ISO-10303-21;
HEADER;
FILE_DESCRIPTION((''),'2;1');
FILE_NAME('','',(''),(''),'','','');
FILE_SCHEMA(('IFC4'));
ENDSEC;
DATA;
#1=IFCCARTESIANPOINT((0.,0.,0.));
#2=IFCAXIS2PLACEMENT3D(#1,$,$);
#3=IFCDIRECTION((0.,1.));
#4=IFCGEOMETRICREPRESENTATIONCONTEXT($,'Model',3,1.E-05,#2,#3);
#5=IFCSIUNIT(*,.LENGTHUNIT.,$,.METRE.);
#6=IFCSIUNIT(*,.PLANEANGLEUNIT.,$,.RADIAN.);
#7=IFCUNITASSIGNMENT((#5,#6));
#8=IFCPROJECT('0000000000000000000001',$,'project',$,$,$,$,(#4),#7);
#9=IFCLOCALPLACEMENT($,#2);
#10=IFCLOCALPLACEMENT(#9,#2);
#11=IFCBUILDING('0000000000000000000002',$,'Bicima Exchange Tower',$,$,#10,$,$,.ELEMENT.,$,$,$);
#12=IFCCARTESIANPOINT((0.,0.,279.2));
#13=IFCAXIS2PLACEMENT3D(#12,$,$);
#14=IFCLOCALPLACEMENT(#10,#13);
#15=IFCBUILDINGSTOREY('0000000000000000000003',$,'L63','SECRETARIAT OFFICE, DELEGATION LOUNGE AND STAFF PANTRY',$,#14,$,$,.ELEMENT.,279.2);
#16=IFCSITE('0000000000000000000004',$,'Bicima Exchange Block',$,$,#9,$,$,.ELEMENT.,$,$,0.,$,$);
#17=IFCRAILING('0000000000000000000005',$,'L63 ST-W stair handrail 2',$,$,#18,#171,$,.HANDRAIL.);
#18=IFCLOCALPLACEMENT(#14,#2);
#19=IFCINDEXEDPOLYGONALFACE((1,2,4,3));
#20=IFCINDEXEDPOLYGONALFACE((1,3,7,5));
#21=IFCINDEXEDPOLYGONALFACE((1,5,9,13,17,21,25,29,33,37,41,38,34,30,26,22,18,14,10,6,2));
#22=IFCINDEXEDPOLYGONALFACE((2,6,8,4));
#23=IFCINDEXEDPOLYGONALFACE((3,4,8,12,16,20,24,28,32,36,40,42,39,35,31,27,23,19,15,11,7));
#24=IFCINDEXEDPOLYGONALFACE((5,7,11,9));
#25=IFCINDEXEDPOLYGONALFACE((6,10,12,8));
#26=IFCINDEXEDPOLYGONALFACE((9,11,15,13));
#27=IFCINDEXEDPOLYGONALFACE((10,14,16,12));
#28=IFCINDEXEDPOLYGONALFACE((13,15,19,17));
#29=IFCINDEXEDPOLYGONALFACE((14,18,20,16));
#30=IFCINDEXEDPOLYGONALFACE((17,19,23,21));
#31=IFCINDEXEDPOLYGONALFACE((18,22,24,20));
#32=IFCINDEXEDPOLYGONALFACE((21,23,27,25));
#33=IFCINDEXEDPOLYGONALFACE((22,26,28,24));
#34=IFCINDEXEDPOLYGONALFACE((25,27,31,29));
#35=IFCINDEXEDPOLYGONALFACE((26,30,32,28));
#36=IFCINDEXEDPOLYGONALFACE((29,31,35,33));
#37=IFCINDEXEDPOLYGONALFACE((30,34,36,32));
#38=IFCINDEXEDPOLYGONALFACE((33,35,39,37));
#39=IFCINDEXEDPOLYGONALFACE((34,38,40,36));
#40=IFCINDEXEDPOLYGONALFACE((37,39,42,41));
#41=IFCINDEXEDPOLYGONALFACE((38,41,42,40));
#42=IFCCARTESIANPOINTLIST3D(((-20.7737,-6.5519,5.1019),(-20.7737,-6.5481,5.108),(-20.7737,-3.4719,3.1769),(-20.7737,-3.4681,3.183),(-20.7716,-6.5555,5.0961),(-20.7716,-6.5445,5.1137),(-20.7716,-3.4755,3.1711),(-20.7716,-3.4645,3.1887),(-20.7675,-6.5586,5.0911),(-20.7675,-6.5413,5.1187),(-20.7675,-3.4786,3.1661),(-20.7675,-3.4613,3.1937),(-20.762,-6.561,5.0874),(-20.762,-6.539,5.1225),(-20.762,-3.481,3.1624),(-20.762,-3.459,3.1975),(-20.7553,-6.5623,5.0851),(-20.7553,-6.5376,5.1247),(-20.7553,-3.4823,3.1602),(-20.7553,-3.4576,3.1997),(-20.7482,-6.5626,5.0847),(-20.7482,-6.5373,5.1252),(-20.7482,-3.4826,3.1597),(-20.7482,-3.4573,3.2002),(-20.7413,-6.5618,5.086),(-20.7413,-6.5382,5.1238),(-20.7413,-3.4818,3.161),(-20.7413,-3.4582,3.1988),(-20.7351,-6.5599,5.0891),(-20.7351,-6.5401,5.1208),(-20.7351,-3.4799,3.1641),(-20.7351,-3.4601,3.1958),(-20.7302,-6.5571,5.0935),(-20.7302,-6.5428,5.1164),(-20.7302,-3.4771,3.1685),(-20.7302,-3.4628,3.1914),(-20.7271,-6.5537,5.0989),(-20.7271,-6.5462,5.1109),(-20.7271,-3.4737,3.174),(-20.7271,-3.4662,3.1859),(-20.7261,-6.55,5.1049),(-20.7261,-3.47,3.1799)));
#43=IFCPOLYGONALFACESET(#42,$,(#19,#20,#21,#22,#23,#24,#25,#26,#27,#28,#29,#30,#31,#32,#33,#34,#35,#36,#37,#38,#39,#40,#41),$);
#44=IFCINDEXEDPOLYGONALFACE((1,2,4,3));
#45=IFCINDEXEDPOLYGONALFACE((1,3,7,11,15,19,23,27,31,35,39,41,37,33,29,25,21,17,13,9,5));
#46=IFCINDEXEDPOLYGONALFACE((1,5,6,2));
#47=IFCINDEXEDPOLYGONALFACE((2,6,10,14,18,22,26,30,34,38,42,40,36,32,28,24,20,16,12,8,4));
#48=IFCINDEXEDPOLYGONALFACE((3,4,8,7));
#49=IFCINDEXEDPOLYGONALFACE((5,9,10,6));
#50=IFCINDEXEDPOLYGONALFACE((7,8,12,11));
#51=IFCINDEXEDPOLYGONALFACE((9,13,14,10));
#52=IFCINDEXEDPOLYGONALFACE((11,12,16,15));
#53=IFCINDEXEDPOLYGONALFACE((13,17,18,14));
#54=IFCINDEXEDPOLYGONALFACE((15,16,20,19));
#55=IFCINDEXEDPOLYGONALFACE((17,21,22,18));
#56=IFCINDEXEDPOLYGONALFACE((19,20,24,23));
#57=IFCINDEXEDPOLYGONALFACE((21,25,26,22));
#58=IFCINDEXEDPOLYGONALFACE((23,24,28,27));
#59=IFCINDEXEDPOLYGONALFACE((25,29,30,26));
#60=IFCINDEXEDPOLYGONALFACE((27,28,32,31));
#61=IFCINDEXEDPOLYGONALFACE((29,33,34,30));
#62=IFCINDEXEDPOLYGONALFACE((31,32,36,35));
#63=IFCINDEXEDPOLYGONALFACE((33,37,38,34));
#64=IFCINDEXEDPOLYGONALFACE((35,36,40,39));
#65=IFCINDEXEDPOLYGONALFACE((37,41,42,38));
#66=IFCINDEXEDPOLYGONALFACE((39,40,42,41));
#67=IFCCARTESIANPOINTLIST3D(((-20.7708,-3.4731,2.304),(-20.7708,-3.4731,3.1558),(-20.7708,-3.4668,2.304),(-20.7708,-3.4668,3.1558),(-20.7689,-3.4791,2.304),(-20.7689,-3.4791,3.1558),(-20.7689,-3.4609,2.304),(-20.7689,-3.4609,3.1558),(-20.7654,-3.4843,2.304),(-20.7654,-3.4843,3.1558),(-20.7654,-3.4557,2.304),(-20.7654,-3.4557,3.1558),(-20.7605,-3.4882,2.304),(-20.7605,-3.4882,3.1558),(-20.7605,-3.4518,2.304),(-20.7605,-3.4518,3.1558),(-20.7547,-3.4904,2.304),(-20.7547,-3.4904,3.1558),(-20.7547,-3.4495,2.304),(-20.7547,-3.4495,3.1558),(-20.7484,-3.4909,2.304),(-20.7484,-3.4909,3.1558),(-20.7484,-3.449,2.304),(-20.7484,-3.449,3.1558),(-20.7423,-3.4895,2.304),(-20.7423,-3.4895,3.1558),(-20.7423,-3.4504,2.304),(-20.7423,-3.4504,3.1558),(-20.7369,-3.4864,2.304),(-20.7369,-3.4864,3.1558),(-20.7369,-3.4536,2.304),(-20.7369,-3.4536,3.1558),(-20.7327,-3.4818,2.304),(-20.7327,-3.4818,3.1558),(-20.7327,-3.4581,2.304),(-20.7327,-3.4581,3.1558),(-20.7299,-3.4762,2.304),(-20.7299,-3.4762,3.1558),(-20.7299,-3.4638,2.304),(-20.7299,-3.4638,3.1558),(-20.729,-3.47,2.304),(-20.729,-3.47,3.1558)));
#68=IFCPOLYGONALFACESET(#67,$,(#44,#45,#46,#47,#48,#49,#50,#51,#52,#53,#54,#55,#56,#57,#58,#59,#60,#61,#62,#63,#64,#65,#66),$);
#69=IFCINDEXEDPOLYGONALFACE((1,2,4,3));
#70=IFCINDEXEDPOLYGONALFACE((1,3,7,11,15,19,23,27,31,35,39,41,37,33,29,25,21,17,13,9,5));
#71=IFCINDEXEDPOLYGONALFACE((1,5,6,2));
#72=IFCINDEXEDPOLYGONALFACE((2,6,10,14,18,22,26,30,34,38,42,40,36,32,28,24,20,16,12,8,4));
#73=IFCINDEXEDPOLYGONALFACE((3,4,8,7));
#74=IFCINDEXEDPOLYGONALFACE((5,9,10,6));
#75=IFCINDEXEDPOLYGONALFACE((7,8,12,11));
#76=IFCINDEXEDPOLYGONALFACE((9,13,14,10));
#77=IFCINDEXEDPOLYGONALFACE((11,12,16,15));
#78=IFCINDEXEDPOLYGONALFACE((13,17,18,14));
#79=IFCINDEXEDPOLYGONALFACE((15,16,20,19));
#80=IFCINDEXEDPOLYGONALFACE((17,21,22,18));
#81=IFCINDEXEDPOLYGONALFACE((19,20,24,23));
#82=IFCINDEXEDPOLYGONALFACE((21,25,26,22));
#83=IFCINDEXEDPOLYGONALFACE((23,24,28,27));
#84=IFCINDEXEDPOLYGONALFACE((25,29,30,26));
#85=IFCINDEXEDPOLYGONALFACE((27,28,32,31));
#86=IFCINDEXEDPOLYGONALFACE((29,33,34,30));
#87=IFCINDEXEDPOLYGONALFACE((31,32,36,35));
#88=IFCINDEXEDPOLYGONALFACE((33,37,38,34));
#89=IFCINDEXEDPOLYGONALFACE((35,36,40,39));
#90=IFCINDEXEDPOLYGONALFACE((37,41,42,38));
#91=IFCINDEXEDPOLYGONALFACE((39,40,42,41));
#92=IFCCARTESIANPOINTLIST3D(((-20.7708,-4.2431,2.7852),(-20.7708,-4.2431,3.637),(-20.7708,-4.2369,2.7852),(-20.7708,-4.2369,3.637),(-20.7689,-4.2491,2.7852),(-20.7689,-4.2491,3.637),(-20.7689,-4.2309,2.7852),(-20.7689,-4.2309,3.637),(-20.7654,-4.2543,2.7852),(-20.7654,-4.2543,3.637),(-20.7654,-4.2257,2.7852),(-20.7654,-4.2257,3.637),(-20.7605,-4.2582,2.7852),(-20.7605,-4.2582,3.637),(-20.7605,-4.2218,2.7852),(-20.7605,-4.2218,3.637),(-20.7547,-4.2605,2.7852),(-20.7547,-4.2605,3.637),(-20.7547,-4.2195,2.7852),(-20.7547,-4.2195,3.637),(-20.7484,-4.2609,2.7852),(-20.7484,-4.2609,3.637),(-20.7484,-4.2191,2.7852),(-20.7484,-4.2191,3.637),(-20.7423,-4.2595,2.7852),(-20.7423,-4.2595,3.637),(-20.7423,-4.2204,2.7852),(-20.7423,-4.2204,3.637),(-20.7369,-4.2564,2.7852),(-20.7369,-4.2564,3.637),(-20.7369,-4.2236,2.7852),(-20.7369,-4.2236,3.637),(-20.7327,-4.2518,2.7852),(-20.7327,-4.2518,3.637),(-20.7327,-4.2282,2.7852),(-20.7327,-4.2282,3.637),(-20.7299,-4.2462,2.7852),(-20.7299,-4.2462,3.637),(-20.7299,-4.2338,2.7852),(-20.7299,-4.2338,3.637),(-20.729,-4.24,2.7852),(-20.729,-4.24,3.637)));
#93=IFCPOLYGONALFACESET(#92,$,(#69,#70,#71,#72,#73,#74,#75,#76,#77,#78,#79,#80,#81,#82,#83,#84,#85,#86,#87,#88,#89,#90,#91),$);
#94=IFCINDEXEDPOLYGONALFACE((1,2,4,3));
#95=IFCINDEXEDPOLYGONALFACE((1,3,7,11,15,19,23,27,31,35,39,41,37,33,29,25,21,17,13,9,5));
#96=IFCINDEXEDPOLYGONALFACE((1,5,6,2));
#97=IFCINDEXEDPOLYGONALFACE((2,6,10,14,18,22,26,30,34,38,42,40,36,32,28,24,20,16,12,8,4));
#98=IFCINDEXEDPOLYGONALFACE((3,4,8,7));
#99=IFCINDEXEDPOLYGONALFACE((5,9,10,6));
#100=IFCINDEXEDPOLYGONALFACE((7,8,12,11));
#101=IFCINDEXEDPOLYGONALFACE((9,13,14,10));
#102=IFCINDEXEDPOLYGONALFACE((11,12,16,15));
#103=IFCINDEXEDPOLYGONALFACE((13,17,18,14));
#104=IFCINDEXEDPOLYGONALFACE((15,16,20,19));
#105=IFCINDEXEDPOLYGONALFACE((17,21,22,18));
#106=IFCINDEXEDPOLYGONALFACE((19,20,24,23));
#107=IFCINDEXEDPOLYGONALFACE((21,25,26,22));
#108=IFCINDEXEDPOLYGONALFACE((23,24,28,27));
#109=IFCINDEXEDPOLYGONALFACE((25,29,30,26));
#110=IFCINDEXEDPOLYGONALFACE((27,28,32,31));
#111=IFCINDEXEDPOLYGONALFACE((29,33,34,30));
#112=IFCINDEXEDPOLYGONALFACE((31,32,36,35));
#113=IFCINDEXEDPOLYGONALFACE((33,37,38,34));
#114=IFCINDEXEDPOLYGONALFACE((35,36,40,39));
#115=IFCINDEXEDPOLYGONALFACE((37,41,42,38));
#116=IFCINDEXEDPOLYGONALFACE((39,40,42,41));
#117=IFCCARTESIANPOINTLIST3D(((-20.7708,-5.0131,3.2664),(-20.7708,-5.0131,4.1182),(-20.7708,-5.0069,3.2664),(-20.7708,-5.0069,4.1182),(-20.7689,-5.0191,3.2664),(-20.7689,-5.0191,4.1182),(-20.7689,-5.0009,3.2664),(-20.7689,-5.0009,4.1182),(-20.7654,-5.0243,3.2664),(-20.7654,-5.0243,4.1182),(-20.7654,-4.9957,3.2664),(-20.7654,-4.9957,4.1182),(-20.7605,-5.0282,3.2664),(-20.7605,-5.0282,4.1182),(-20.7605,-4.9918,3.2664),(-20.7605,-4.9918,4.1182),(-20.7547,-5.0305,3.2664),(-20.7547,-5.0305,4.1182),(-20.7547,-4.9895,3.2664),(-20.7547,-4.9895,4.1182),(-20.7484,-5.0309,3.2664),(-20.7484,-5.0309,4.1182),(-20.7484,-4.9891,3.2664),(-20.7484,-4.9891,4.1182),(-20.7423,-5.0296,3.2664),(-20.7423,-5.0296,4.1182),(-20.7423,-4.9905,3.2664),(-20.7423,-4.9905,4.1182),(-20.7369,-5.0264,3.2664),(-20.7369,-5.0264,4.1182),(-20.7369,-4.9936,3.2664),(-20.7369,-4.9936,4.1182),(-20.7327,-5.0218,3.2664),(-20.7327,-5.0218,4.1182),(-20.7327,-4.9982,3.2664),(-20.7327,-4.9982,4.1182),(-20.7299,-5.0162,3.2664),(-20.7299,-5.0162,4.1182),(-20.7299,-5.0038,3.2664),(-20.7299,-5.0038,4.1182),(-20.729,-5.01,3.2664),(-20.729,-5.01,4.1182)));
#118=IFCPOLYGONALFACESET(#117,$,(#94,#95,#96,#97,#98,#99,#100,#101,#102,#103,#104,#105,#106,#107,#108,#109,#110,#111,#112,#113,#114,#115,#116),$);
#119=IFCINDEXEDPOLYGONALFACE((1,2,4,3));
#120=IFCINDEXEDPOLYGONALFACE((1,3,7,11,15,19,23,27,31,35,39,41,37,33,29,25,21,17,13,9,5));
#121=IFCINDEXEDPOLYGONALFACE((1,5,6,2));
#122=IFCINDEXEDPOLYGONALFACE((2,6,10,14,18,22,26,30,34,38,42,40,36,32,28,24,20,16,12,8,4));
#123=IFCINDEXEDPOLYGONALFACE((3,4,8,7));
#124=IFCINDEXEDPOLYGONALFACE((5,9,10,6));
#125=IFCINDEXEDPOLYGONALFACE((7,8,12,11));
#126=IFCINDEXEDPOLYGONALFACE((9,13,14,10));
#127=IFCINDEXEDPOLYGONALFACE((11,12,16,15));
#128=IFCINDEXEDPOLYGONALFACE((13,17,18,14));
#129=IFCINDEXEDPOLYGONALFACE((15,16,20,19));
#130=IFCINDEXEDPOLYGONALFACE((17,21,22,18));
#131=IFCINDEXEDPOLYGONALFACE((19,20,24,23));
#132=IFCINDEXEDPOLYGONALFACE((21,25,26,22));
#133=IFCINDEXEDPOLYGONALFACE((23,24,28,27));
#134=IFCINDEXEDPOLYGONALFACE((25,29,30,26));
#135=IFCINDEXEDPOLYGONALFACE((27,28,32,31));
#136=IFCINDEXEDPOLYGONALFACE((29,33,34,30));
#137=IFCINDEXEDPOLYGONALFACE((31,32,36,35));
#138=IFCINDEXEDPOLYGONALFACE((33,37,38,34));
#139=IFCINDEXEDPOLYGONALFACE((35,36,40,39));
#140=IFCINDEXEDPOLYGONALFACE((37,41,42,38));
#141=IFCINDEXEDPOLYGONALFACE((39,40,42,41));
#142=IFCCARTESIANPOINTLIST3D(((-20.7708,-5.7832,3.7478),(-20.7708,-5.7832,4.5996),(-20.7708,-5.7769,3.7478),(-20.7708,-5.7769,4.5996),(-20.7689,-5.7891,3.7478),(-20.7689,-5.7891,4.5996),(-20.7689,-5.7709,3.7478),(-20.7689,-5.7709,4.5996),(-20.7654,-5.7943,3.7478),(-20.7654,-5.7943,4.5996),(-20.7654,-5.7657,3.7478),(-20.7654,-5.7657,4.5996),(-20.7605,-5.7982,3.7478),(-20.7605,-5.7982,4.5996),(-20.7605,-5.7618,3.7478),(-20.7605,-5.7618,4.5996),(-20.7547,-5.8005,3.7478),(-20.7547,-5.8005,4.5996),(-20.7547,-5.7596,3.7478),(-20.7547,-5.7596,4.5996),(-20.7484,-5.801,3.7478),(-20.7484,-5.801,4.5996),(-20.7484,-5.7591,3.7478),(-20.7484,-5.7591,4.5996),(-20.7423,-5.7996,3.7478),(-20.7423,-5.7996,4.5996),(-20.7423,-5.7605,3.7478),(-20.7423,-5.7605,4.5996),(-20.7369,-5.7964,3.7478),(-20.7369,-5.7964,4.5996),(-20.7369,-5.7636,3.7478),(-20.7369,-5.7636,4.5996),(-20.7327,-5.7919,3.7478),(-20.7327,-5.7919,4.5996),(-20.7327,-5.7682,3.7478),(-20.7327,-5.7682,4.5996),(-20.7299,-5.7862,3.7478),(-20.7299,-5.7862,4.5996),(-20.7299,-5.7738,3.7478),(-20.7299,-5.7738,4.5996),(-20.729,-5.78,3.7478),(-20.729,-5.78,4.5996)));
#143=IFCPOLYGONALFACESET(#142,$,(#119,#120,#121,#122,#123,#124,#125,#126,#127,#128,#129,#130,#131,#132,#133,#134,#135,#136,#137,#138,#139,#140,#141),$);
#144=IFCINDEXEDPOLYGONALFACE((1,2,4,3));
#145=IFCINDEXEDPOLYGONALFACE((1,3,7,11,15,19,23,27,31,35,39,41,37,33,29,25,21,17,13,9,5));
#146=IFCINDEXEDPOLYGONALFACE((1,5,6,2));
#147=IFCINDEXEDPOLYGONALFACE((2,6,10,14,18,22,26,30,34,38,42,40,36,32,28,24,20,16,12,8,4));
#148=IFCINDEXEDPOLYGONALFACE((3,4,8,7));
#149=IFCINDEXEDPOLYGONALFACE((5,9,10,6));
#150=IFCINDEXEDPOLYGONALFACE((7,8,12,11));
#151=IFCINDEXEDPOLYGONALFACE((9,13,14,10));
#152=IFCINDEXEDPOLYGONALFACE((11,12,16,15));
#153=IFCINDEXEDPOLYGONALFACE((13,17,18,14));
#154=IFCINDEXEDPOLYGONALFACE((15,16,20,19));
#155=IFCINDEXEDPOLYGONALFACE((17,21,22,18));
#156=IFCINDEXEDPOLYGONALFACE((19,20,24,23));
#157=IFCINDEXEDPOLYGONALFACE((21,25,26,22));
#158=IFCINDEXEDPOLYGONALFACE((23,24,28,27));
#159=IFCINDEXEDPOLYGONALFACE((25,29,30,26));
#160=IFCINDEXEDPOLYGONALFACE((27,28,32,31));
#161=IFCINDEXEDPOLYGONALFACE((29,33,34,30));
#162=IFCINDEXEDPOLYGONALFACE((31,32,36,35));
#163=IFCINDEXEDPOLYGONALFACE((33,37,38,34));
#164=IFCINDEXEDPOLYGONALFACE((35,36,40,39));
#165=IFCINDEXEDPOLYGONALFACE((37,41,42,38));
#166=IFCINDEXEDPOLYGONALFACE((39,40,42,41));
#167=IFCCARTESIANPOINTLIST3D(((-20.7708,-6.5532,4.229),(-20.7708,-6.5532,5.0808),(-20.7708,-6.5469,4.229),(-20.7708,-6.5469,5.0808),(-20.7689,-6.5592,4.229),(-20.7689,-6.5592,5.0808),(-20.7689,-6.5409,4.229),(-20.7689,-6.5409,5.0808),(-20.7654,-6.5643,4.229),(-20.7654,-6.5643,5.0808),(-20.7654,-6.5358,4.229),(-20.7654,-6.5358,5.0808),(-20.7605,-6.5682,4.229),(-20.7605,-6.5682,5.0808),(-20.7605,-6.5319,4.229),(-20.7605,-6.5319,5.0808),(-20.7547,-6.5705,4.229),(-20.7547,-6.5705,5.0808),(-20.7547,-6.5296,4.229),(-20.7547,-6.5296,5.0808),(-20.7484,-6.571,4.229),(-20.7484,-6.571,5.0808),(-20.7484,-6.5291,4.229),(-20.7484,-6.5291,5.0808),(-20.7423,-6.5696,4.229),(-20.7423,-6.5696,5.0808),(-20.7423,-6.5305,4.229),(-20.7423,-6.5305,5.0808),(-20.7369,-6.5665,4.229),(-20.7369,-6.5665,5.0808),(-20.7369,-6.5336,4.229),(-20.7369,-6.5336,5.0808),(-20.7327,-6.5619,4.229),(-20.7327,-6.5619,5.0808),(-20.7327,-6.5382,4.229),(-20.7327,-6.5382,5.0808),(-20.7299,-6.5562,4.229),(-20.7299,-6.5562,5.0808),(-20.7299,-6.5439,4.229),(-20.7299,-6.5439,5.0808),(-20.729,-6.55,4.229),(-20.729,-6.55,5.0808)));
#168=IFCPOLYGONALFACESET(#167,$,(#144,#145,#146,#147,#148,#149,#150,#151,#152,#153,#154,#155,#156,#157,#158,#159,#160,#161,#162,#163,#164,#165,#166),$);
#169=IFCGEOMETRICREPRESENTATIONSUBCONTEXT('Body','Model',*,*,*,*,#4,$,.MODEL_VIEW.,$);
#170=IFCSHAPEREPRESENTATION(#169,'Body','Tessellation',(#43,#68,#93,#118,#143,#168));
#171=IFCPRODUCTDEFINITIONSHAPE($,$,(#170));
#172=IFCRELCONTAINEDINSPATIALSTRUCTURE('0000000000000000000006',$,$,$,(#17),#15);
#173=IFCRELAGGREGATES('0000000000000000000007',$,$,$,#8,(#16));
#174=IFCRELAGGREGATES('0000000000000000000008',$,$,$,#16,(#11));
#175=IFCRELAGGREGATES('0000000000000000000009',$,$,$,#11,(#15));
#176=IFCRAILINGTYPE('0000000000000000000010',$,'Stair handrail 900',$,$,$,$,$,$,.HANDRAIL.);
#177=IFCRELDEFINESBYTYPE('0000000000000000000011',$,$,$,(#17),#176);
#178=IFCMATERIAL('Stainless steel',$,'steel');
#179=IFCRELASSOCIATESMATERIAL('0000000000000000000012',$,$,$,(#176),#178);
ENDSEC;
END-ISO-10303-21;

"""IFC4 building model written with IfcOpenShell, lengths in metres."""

from ifc_helpers import new_model, si_unit, direction, frame, origin, origin_2d, place, context, subcontext, project, spatial, circle, extrude, material, type_object, element, save


model = new_model("IFC4")

# Units and contexts
model_context = context("Model", 3, precision=1e-05, world=origin(), true_north=direction((0.0, 1.0)))
body_context = subcontext(model_context, "Body", "Model", "MODEL_VIEW")
ifc_project = project(units=[si_unit("LENGTHUNIT", "METRE"), si_unit("PLANEANGLEUNIT", "RADIAN")], contexts=[model_context])

# Site, building, storey
site_placement = place(None, origin())
site = spatial("IfcSite", under=ifc_project, at=site_placement, Name="Bicima Exchange Block", CompositionType="ELEMENT", RefElevation=0.0)
building_placement = place(site_placement, origin())
building = spatial("IfcBuilding", under=site, at=building_placement, Name="Bicima Exchange Tower", CompositionType="ELEMENT")
storey_placement = place(building_placement, frame((0.0, 0.0, 279.2)))
storey = spatial("IfcBuildingStorey", under=building, at=storey_placement, Name="L63", Description="SECRETARIAT OFFICE, DELEGATION LOUNGE AND STAFF PANTRY", CompositionType="ELEMENT", Elevation=279.2)

# Railing
ifc_material_1 = material(Name="Stainless steel", Category="steel")
railing_type = type_object("IfcRailingType", Name="Stair handrail 900", PredefinedType="HANDRAIL", material=ifc_material_1)
railing_placement = place(storey_placement, frame((-20.75, -3.47, 2.304)))
element("IfcRailing", 1, at=railing_placement, inside=storey, type_object=railing_type, Name="L63 ST-W stair handrail 2", PredefinedType="HANDRAIL", context=body_context, shape_type="SweptSolid", body=[
    extrude(circle(Radius=0.0239, at=origin_2d()), frame((0.0, 0.0, 0.876), z_axis=(0.0, -0.847998, 0.529999), x_axis=(1.0, 0.0, 0.0)), (0.0, 0.0, 1.0), 3.6321),
    extrude(circle(Radius=0.021, at=origin_2d()), origin(), (0.0, 0.0, 1.0), 0.8518),
    extrude(circle(Radius=0.021, at=origin_2d()), frame((0.0, -0.77, 0.4812)), (0.0, 0.0, 1.0), 0.8518),
    extrude(circle(Radius=0.021, at=origin_2d()), frame((0.0, -1.54, 0.9624)), (0.0, 0.0, 1.0), 0.8518),
    extrude(circle(Radius=0.021, at=origin_2d()), frame((0.0, -2.3101, 1.4438)), (0.0, 0.0, 1.0), 0.8518),
    extrude(circle(Radius=0.021, at=origin_2d()), frame((0.0, -3.0801, 1.925)), (0.0, 0.0, 1.0), 0.8518),
])

save(model, "model.ifc")
